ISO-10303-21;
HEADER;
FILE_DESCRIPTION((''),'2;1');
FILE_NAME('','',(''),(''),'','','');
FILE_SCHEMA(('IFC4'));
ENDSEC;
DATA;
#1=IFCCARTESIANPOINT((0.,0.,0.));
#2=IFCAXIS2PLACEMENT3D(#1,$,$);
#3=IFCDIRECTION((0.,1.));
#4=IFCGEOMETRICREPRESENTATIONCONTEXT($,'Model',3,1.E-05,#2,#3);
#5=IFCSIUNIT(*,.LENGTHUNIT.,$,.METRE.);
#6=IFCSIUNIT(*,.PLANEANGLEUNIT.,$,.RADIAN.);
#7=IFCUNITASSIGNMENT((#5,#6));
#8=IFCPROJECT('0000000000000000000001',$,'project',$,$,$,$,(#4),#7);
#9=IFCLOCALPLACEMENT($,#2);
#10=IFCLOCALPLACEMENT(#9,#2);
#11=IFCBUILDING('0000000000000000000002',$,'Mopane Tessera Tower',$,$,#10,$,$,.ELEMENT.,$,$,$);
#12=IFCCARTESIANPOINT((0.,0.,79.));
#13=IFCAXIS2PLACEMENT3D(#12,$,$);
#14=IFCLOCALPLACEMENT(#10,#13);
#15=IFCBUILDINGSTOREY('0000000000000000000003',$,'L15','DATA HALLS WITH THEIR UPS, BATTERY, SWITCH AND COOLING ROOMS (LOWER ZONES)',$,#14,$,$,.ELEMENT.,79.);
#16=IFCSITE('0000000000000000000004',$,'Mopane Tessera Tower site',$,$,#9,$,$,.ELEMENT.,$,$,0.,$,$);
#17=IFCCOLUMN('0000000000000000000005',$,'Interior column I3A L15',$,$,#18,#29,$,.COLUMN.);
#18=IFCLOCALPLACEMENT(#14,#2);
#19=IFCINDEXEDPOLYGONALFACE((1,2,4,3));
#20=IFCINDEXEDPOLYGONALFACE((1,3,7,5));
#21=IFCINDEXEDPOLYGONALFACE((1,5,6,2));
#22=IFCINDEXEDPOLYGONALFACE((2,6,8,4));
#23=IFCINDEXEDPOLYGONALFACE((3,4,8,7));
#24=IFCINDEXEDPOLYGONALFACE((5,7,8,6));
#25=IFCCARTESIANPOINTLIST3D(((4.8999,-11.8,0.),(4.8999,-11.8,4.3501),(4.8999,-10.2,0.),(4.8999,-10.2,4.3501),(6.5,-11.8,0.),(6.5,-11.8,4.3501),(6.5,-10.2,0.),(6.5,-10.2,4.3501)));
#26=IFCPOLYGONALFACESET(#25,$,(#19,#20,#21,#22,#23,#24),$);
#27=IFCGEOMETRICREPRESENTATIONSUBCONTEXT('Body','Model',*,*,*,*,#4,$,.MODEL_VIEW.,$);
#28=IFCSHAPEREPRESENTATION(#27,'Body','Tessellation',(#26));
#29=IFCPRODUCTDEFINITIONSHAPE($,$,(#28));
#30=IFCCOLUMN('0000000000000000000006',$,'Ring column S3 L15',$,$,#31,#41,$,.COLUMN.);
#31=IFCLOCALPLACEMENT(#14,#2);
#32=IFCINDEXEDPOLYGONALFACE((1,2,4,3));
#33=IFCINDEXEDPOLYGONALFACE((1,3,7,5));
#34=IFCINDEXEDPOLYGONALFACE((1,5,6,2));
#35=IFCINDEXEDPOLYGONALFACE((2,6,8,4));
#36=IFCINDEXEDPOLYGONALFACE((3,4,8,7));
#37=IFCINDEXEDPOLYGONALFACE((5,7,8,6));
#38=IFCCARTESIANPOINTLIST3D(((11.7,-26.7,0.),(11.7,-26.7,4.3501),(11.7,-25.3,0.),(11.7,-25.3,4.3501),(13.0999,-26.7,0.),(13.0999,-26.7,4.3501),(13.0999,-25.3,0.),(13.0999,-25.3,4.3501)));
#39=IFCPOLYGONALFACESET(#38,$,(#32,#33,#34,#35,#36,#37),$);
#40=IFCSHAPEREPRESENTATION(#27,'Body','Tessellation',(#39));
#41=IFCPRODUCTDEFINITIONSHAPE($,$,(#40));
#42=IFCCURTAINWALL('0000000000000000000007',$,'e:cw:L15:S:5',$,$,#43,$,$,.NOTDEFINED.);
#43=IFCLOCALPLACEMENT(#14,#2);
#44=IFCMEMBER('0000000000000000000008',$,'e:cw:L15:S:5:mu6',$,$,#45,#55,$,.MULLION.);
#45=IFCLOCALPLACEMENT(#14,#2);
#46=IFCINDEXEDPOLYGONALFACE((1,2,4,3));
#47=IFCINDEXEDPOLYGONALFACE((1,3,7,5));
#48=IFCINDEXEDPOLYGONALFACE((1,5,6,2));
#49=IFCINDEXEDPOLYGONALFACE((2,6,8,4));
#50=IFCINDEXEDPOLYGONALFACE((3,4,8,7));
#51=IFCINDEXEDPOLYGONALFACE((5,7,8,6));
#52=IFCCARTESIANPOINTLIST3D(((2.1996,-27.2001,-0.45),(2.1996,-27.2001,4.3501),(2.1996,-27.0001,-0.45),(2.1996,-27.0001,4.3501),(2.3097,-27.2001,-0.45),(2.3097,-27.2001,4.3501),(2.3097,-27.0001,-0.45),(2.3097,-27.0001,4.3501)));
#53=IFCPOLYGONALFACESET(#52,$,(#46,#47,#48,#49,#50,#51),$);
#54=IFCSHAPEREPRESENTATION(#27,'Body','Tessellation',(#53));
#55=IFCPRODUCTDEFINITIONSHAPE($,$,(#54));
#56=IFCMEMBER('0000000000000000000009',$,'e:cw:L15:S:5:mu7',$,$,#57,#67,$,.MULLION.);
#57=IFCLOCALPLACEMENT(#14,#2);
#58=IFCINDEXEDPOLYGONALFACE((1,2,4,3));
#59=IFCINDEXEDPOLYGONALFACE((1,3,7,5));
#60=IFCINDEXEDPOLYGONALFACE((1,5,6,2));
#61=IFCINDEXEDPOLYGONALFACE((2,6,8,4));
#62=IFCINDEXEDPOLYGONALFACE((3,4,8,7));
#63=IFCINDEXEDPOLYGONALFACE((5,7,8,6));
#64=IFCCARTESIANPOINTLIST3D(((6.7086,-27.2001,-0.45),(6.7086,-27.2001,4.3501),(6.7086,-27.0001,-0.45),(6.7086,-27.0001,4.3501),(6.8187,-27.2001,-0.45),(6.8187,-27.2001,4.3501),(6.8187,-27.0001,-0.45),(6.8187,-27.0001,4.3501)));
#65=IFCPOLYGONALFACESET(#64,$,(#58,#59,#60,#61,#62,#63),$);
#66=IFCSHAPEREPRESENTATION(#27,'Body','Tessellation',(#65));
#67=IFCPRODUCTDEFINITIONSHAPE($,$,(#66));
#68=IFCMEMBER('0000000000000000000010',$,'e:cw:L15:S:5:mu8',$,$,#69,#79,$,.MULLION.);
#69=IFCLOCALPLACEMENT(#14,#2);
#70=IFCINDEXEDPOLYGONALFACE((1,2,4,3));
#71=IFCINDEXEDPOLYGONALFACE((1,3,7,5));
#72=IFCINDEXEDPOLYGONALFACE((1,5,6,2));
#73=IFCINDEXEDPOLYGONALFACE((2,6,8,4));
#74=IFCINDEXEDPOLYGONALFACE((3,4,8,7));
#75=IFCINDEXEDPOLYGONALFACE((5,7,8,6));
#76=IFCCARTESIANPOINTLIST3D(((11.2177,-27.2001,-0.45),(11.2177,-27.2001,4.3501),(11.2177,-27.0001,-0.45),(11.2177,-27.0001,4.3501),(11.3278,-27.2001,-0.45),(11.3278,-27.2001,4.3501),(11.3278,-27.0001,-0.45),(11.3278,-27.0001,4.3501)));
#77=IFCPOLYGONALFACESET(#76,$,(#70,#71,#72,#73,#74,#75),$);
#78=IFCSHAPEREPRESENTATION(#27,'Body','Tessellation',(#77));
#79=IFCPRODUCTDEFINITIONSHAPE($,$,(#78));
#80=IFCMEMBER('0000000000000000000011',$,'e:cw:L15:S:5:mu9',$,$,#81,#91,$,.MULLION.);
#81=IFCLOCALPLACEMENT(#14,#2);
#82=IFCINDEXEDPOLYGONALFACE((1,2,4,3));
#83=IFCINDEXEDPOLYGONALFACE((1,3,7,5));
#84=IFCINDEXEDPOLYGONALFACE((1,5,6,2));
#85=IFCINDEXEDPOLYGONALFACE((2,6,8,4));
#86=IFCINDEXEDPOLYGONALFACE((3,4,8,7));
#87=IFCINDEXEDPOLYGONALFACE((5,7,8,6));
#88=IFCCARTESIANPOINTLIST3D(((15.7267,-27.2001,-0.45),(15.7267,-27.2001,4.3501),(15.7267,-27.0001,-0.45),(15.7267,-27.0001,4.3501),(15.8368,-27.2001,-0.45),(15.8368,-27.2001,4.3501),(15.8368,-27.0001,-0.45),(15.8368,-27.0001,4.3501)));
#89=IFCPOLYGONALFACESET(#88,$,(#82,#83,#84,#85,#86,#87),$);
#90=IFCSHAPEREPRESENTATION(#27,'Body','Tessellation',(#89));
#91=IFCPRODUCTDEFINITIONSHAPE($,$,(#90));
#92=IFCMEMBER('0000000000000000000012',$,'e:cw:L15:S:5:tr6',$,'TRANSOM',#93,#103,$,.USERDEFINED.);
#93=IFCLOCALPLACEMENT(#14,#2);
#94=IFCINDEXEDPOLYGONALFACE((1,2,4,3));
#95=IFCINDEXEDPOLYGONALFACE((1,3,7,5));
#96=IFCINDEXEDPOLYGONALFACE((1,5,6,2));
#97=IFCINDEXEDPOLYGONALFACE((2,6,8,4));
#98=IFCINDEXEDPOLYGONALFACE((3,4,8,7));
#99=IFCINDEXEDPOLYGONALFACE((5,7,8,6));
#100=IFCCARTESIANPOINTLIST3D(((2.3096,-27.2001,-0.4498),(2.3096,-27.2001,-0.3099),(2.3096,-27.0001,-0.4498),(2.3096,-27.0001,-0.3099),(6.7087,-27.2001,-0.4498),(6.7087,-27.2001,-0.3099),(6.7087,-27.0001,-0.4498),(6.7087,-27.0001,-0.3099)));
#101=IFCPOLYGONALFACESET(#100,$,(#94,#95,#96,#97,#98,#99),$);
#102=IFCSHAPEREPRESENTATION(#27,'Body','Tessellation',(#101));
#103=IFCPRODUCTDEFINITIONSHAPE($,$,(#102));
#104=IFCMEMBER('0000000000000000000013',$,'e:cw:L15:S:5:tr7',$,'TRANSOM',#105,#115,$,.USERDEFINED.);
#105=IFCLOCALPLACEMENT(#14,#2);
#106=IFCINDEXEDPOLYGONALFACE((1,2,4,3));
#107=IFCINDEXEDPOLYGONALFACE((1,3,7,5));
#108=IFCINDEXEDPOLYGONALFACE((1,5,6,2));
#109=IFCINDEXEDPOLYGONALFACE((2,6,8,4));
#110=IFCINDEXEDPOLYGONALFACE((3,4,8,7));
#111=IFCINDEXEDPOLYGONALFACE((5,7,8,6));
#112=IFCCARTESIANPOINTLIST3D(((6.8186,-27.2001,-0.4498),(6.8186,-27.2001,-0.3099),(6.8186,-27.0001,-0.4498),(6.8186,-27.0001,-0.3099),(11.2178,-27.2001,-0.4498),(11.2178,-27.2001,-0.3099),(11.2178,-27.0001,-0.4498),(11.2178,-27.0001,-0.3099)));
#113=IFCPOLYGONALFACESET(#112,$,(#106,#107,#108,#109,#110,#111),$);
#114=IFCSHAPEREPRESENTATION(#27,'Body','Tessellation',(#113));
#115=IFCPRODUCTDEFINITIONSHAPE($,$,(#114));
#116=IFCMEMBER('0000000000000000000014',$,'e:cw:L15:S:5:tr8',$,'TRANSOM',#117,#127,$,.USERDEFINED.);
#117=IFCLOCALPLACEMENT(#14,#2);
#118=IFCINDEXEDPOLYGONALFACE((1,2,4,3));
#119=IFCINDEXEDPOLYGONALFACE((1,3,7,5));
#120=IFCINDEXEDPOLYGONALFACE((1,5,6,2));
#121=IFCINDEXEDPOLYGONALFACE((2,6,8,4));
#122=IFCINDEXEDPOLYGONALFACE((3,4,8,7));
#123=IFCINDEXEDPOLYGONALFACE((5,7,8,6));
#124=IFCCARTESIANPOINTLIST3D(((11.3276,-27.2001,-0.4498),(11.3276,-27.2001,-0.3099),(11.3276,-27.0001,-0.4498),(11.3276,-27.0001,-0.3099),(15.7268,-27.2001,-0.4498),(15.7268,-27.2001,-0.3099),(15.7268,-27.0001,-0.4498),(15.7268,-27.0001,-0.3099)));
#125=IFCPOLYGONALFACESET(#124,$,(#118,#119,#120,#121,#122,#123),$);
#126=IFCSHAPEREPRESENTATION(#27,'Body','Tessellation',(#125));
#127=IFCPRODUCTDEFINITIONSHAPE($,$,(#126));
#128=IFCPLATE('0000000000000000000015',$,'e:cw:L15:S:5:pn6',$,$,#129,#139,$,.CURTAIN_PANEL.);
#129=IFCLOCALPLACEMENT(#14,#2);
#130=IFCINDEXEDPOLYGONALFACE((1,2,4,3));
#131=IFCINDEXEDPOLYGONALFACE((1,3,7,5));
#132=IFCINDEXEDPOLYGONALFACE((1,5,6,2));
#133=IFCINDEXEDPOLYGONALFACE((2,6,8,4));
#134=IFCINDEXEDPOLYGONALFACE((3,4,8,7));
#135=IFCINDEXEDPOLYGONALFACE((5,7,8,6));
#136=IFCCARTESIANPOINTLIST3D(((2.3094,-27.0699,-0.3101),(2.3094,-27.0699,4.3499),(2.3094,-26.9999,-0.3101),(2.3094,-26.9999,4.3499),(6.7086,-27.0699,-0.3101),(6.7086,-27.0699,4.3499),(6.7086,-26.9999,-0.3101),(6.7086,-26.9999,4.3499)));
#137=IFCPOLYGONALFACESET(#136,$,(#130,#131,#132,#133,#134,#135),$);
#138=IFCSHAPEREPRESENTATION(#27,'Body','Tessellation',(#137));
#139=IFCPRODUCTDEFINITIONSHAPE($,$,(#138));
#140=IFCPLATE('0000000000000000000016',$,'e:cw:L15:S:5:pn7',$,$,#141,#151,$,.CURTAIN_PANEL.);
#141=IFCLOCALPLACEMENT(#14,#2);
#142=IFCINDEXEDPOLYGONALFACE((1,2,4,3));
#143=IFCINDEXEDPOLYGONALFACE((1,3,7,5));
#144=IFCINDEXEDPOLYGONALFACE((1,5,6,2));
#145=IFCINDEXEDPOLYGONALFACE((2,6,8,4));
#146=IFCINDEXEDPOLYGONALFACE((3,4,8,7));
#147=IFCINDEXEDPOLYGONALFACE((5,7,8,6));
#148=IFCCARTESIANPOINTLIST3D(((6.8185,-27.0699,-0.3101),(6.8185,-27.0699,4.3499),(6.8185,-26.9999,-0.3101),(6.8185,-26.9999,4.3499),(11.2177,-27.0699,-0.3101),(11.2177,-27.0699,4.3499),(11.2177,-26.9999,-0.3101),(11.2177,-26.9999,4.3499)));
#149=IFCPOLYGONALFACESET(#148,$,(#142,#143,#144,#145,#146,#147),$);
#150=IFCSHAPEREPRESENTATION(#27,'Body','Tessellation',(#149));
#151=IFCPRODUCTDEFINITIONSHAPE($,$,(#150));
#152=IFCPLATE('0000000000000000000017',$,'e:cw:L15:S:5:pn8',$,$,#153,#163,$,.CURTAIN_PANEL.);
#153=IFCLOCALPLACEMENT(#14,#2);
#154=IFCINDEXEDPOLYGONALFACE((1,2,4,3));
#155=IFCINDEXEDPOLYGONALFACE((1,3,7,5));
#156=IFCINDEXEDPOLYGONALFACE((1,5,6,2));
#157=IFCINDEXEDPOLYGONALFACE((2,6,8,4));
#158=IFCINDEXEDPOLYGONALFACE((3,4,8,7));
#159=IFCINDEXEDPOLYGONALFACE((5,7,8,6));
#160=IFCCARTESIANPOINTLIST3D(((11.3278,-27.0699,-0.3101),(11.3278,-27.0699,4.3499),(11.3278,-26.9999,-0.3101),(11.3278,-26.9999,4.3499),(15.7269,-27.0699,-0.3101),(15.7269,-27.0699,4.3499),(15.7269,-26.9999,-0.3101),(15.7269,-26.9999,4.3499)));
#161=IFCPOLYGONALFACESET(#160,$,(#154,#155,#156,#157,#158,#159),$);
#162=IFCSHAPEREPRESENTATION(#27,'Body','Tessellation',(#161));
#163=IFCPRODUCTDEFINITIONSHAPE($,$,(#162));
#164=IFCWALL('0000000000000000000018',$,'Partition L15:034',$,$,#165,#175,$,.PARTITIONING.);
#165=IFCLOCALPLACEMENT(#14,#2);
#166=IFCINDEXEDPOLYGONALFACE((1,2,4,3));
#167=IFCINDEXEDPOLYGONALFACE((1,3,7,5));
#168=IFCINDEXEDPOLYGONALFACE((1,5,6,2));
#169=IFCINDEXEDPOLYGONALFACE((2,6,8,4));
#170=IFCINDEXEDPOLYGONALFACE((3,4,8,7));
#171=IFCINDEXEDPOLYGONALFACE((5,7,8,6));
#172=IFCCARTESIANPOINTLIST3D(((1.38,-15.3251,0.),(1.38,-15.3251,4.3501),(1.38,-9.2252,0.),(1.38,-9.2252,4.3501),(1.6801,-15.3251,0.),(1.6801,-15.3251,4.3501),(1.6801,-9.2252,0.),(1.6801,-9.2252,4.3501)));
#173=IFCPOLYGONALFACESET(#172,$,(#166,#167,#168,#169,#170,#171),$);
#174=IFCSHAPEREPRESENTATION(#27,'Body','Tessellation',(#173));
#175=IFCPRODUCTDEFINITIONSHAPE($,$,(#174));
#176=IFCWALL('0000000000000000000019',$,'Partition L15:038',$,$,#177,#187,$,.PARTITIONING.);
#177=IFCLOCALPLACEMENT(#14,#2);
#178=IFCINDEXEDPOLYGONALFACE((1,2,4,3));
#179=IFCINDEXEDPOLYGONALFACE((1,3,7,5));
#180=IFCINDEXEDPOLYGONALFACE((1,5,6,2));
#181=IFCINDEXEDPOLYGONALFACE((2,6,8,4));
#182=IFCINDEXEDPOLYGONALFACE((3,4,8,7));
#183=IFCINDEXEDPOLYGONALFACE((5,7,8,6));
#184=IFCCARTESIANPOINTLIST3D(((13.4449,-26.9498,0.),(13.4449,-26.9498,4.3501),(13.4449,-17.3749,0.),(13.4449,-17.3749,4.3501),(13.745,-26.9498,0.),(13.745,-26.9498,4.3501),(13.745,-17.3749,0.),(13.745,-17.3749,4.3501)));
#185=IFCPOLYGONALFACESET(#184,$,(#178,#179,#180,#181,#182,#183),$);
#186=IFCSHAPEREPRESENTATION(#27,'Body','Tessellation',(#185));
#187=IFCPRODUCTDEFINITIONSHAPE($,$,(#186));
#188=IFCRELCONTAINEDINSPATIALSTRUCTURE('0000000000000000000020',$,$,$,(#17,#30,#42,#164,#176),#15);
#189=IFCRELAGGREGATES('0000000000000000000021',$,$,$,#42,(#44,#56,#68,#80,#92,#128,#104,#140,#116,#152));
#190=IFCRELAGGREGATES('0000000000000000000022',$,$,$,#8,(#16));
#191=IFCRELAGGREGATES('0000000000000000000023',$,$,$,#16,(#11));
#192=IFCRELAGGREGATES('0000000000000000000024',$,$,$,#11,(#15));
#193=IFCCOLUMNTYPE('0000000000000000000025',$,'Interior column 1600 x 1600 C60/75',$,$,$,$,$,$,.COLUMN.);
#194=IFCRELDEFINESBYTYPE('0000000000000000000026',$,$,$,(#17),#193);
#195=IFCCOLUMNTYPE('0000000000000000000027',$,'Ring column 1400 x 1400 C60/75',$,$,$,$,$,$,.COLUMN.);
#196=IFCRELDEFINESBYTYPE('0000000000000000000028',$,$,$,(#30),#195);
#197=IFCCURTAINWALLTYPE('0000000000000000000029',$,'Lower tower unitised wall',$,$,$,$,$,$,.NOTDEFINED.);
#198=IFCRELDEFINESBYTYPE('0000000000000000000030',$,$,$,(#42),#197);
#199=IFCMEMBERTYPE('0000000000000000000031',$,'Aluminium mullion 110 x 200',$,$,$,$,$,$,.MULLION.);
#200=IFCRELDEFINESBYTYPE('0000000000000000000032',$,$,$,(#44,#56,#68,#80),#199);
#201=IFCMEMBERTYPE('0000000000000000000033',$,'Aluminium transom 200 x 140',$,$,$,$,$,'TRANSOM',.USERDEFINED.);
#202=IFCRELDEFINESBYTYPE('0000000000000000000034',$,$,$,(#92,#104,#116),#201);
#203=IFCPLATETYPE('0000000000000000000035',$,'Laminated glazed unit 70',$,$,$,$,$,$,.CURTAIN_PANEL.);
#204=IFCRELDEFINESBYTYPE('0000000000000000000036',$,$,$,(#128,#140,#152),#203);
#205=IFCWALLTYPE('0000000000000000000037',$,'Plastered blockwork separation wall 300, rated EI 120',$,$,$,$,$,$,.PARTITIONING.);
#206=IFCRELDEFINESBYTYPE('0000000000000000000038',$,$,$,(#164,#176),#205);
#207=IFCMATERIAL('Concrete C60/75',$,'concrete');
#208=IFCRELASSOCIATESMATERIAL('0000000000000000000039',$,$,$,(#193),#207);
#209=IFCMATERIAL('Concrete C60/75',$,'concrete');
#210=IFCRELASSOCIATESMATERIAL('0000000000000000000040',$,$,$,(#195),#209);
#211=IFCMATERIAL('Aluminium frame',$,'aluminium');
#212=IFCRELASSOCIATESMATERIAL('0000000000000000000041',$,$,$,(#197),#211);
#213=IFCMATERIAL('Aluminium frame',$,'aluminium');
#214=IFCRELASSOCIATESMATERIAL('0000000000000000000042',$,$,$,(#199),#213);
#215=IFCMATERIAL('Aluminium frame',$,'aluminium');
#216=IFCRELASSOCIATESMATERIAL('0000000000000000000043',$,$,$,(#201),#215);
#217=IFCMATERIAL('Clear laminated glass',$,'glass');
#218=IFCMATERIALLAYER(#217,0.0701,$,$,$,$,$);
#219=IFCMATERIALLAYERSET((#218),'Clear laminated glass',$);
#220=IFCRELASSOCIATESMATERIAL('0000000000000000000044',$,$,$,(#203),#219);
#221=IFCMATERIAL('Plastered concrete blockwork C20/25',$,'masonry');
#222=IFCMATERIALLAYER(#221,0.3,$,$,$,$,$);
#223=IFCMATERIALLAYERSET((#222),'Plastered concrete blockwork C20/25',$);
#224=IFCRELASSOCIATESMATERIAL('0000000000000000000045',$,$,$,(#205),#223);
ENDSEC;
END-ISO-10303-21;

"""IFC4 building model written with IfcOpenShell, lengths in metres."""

from ifc_helpers import new_model, si_unit, direction, frame, frame_2d, origin, origin_2d, place, context, subcontext, project, spatial, rectangle, extrude, material, layer, layer_set, material_profile, profile_set, type_object, element, aggregate, save


model = new_model("IFC4")

# Units and contexts
model_context = context("Model", 3, precision=1e-05, world=origin(), true_north=direction((0.0, 1.0)))
body_context = subcontext(model_context, "Body", "Model", "MODEL_VIEW")
ifc_project = project(units=[si_unit("LENGTHUNIT", "METRE"), si_unit("PLANEANGLEUNIT", "RADIAN")], contexts=[model_context])

# Site, building, storey
site_placement = place(None, origin())
site = spatial("IfcSite", under=ifc_project, at=site_placement, Name="Mopane Tessera Tower site", CompositionType="ELEMENT", RefElevation=0.0)
building_placement = place(site_placement, origin())
building = spatial("IfcBuilding", under=site, at=building_placement, Name="Mopane Tessera Tower", CompositionType="ELEMENT")
storey_placement = place(building_placement, frame((0.0, 0.0, 79.0)))
storey = spatial("IfcBuildingStorey", under=building, at=storey_placement, Name="L15", Description="DATA HALLS WITH THEIR UPS, BATTERY, SWITCH AND COOLING ROOMS (LOWER ZONES)", CompositionType="ELEMENT", Elevation=79.0)

# Columns
ifc_material_1 = material(Name="Concrete C60/75", Category="concrete")
ifc_material_profile_1 = material_profile(ifc_material_1, rectangle(XDim=1.6001, YDim=1.6001, at=origin_2d()))
ifc_profile_set_1 = profile_set([ifc_material_profile_1], Name="Concrete C60/75")
column_type_1 = type_object("IfcColumnType", Name="Interior column 1600 x 1600 C60/75", PredefinedType="COLUMN", material=ifc_profile_set_1)
column_1_placement = place(storey_placement, frame((5.7, -11.0, 0.0), z_axis=(0.0, 0.0, 1.0), x_axis=(1.0, 0.0, 0.0)))
element("IfcColumn", 1, at=column_1_placement, inside=storey, type_object=column_type_1, Name="Interior column I3A L15", PredefinedType="COLUMN", context=body_context, shape_type="SweptSolid", body=[
    extrude(rectangle(XDim=1.6001, YDim=1.6001, at=origin_2d()), origin(), (0.0, 0.0, 1.0), 4.3501),
])
ifc_material_2 = material(Name="Concrete C60/75", Category="concrete")
ifc_material_profile_2 = material_profile(ifc_material_2, rectangle(XDim=1.3999, YDim=1.3999, at=origin_2d()))
ifc_profile_set_2 = profile_set([ifc_material_profile_2], Name="Concrete C60/75")
column_type_2 = type_object("IfcColumnType", Name="Ring column 1400 x 1400 C60/75", PredefinedType="COLUMN", material=ifc_profile_set_2)
column_2_placement = place(storey_placement, frame((12.3999, -26.0, 0.0), z_axis=(0.0, 0.0, 1.0), x_axis=(1.0, 0.0, 0.0)))
element("IfcColumn", 2, at=column_2_placement, inside=storey, type_object=column_type_2, Name="Ring column S3 L15", PredefinedType="COLUMN", context=body_context, shape_type="SweptSolid", body=[
    extrude(rectangle(XDim=1.3999, YDim=1.3999, at=origin_2d()), origin(), (0.0, 0.0, 1.0), 4.3501),
])

# Curtain wall, members, plates
ifc_material_3 = material(Name="Aluminium frame", Category="aluminium")
curtain_wall_type = type_object("IfcCurtainWallType", Name="Lower tower unitised wall", PredefinedType="NOTDEFINED", material=ifc_material_3)
curtain_wall_placement = place(storey_placement, origin())
curtain_wall = element("IfcCurtainWall", 3, at=curtain_wall_placement, inside=storey, type_object=curtain_wall_type, Name="e:cw:L15:S:5", PredefinedType="NOTDEFINED")
ifc_material_4 = material(Name="Aluminium frame", Category="aluminium")
ifc_material_profile_3 = material_profile(ifc_material_4, rectangle(XDim=0.1101, YDim=0.2, at=origin_2d()))
ifc_profile_set_3 = profile_set([ifc_material_profile_3], Name="Aluminium frame")
member_type_1 = type_object("IfcMemberType", Name="Aluminium mullion 110 x 200", PredefinedType="MULLION", material=ifc_profile_set_3)
member_1_placement = place(storey_placement, frame((2.2546, -27.1001, -0.45), z_axis=(0.0, 0.0, 1.0), x_axis=(1.0, 0.0, 0.0)))
member_1 = element("IfcMember", 4, at=member_1_placement, type_object=member_type_1, Name="e:cw:L15:S:5:mu6", PredefinedType="MULLION", context=body_context, shape_type="SweptSolid", body=[
    extrude(rectangle(XDim=0.1101, YDim=0.2, at=origin_2d()), origin(), (0.0, 0.0, 1.0), 4.8),
])
member_2_placement = place(storey_placement, frame((6.7637, -27.1001, -0.45), z_axis=(0.0, 0.0, 1.0), x_axis=(1.0, 0.0, 0.0)))
member_2 = element("IfcMember", 5, at=member_2_placement, type_object=member_type_1, Name="e:cw:L15:S:5:mu7", PredefinedType="MULLION", context=body_context, shape_type="SweptSolid", body=[
    extrude(rectangle(XDim=0.1101, YDim=0.2, at=origin_2d()), origin(), (0.0, 0.0, 1.0), 4.8),
])
member_3_placement = place(storey_placement, frame((11.2727, -27.1001, -0.45), z_axis=(0.0, 0.0, 1.0), x_axis=(1.0, 0.0, 0.0)))
member_3 = element("IfcMember", 6, at=member_3_placement, type_object=member_type_1, Name="e:cw:L15:S:5:mu8", PredefinedType="MULLION", context=body_context, shape_type="SweptSolid", body=[
    extrude(rectangle(XDim=0.1101, YDim=0.2, at=origin_2d()), origin(), (0.0, 0.0, 1.0), 4.8),
])
member_4_placement = place(storey_placement, frame((15.7817, -27.1001, -0.45), z_axis=(0.0, 0.0, 1.0), x_axis=(1.0, 0.0, 0.0)))
member_4 = element("IfcMember", 7, at=member_4_placement, type_object=member_type_1, Name="e:cw:L15:S:5:mu9", PredefinedType="MULLION", context=body_context, shape_type="SweptSolid", body=[
    extrude(rectangle(XDim=0.1101, YDim=0.2, at=origin_2d()), origin(), (0.0, 0.0, 1.0), 4.8),
])
ifc_material_5 = material(Name="Aluminium frame", Category="aluminium")
ifc_material_profile_4 = material_profile(ifc_material_5, rectangle(XDim=0.2, YDim=0.1399, at=origin_2d()))
ifc_profile_set_4 = profile_set([ifc_material_profile_4], Name="Aluminium frame")
member_type_2 = type_object("IfcMemberType", Name="Aluminium transom 200 x 140", ElementType="TRANSOM", PredefinedType="USERDEFINED", material=ifc_profile_set_4)
member_5_placement = place(storey_placement, frame((2.3096, -27.1001, -0.3799), z_axis=(1.0, 0.0, 0.0), x_axis=(0.0, 1.0, 0.0)))
member_5 = element("IfcMember", 8, at=member_5_placement, type_object=member_type_2, Name="e:cw:L15:S:5:tr6", ObjectType="TRANSOM", PredefinedType="USERDEFINED", context=body_context, shape_type="SweptSolid", body=[
    extrude(rectangle(XDim=0.2, YDim=0.1399, at=origin_2d()), origin(), (0.0, 0.0, 1.0), 4.3992),
])
member_6_placement = place(storey_placement, frame((6.8186, -27.1001, -0.3799), z_axis=(1.0, 0.0, 0.0), x_axis=(0.0, 1.0, 0.0)))
member_6 = element("IfcMember", 9, at=member_6_placement, type_object=member_type_2, Name="e:cw:L15:S:5:tr7", ObjectType="TRANSOM", PredefinedType="USERDEFINED", context=body_context, shape_type="SweptSolid", body=[
    extrude(rectangle(XDim=0.2, YDim=0.1399, at=origin_2d()), origin(), (0.0, 0.0, 1.0), 4.3992),
])
member_7_placement = place(storey_placement, frame((11.3276, -27.1001, -0.3799), z_axis=(1.0, 0.0, 0.0), x_axis=(0.0, 1.0, 0.0)))
member_7 = element("IfcMember", 10, at=member_7_placement, type_object=member_type_2, Name="e:cw:L15:S:5:tr8", ObjectType="TRANSOM", PredefinedType="USERDEFINED", context=body_context, shape_type="SweptSolid", body=[
    extrude(rectangle(XDim=0.2, YDim=0.1399, at=origin_2d()), origin(), (0.0, 0.0, 1.0), 4.3992),
])
ifc_material_6 = material(Name="Clear laminated glass", Category="glass")
ifc_layer_1 = layer(ifc_material_6, 0.0701)
ifc_layer_set_1 = layer_set([ifc_layer_1], Name="Clear laminated glass")
plate_type = type_object("IfcPlateType", Name="Laminated glazed unit 70", PredefinedType="CURTAIN_PANEL", material=ifc_layer_set_1)
plate_1_placement = place(storey_placement, frame((4.509, -27.0349, -0.3101), z_axis=(0.0, 0.0, 1.0), x_axis=(1.0, 0.0, 0.0)))
plate_1 = element("IfcPlate", 11, at=plate_1_placement, type_object=plate_type, Name="e:cw:L15:S:5:pn6", PredefinedType="CURTAIN_PANEL", context=body_context, shape_type="SweptSolid", body=[
    extrude(rectangle(XDim=4.3992, YDim=0.0701, at=origin_2d()), origin(), (0.0, 0.0, 1.0), 4.6599),
])
plate_2_placement = place(storey_placement, frame((9.0181, -27.0349, -0.3101), z_axis=(0.0, 0.0, 1.0), x_axis=(1.0, 0.0, 0.0)))
plate_2 = element("IfcPlate", 12, at=plate_2_placement, type_object=plate_type, Name="e:cw:L15:S:5:pn7", PredefinedType="CURTAIN_PANEL", context=body_context, shape_type="SweptSolid", body=[
    extrude(rectangle(XDim=4.3992, YDim=0.0701, at=origin_2d()), origin(), (0.0, 0.0, 1.0), 4.6599),
])
plate_3_placement = place(storey_placement, frame((13.5273, -27.0349, -0.3101), z_axis=(0.0, 0.0, 1.0), x_axis=(1.0, 0.0, 0.0)))
plate_3 = element("IfcPlate", 13, at=plate_3_placement, type_object=plate_type, Name="e:cw:L15:S:5:pn8", PredefinedType="CURTAIN_PANEL", context=body_context, shape_type="SweptSolid", body=[
    extrude(rectangle(XDim=4.3992, YDim=0.0701, at=origin_2d()), origin(), (0.0, 0.0, 1.0), 4.6599),
])
aggregate(curtain_wall, [member_1, member_2, member_3, member_4, member_5, plate_1, member_6, plate_2, member_7, plate_3])

# Walls
ifc_material_7 = material(Name="Plastered concrete blockwork C20/25", Category="masonry")
ifc_layer_2 = layer(ifc_material_7, 0.3)
ifc_layer_set_2 = layer_set([ifc_layer_2], Name="Plastered concrete blockwork C20/25")
wall_type_1 = type_object("IfcWallType", Name="Plastered blockwork separation wall 300, rated EI 120", PredefinedType="PARTITIONING", material=ifc_layer_set_2)
wall_1_placement = place(storey_placement, frame((1.53, -15.325, 0.0), z_axis=(0.0, 0.0, 1.0), x_axis=(0.0, 1.0, 0.0)))
element("IfcWall", 14, at=wall_1_placement, inside=storey, type_object=wall_type_1, Name="Partition L15:034", PredefinedType="PARTITIONING", context=body_context, shape_type="SweptSolid", body=[
    extrude(rectangle(XDim=6.0999, YDim=0.3, at=frame_2d((3.0498, 0.0))), origin(), (0.0, 0.0, 1.0), 4.3501),
])
wall_2_placement = place(storey_placement, frame((13.595, -26.95, 0.0), z_axis=(0.0, 0.0, 1.0), x_axis=(0.0, 1.0, 0.0)))
element("IfcWall", 15, at=wall_2_placement, inside=storey, type_object=wall_type_1, Name="Partition L15:038", PredefinedType="PARTITIONING", context=body_context, shape_type="SweptSolid", body=[
    extrude(rectangle(XDim=9.575, YDim=0.3, at=frame_2d((4.7876, 0.0))), origin(), (0.0, 0.0, 1.0), 4.3501),
])

save(model, "model.ifc")
